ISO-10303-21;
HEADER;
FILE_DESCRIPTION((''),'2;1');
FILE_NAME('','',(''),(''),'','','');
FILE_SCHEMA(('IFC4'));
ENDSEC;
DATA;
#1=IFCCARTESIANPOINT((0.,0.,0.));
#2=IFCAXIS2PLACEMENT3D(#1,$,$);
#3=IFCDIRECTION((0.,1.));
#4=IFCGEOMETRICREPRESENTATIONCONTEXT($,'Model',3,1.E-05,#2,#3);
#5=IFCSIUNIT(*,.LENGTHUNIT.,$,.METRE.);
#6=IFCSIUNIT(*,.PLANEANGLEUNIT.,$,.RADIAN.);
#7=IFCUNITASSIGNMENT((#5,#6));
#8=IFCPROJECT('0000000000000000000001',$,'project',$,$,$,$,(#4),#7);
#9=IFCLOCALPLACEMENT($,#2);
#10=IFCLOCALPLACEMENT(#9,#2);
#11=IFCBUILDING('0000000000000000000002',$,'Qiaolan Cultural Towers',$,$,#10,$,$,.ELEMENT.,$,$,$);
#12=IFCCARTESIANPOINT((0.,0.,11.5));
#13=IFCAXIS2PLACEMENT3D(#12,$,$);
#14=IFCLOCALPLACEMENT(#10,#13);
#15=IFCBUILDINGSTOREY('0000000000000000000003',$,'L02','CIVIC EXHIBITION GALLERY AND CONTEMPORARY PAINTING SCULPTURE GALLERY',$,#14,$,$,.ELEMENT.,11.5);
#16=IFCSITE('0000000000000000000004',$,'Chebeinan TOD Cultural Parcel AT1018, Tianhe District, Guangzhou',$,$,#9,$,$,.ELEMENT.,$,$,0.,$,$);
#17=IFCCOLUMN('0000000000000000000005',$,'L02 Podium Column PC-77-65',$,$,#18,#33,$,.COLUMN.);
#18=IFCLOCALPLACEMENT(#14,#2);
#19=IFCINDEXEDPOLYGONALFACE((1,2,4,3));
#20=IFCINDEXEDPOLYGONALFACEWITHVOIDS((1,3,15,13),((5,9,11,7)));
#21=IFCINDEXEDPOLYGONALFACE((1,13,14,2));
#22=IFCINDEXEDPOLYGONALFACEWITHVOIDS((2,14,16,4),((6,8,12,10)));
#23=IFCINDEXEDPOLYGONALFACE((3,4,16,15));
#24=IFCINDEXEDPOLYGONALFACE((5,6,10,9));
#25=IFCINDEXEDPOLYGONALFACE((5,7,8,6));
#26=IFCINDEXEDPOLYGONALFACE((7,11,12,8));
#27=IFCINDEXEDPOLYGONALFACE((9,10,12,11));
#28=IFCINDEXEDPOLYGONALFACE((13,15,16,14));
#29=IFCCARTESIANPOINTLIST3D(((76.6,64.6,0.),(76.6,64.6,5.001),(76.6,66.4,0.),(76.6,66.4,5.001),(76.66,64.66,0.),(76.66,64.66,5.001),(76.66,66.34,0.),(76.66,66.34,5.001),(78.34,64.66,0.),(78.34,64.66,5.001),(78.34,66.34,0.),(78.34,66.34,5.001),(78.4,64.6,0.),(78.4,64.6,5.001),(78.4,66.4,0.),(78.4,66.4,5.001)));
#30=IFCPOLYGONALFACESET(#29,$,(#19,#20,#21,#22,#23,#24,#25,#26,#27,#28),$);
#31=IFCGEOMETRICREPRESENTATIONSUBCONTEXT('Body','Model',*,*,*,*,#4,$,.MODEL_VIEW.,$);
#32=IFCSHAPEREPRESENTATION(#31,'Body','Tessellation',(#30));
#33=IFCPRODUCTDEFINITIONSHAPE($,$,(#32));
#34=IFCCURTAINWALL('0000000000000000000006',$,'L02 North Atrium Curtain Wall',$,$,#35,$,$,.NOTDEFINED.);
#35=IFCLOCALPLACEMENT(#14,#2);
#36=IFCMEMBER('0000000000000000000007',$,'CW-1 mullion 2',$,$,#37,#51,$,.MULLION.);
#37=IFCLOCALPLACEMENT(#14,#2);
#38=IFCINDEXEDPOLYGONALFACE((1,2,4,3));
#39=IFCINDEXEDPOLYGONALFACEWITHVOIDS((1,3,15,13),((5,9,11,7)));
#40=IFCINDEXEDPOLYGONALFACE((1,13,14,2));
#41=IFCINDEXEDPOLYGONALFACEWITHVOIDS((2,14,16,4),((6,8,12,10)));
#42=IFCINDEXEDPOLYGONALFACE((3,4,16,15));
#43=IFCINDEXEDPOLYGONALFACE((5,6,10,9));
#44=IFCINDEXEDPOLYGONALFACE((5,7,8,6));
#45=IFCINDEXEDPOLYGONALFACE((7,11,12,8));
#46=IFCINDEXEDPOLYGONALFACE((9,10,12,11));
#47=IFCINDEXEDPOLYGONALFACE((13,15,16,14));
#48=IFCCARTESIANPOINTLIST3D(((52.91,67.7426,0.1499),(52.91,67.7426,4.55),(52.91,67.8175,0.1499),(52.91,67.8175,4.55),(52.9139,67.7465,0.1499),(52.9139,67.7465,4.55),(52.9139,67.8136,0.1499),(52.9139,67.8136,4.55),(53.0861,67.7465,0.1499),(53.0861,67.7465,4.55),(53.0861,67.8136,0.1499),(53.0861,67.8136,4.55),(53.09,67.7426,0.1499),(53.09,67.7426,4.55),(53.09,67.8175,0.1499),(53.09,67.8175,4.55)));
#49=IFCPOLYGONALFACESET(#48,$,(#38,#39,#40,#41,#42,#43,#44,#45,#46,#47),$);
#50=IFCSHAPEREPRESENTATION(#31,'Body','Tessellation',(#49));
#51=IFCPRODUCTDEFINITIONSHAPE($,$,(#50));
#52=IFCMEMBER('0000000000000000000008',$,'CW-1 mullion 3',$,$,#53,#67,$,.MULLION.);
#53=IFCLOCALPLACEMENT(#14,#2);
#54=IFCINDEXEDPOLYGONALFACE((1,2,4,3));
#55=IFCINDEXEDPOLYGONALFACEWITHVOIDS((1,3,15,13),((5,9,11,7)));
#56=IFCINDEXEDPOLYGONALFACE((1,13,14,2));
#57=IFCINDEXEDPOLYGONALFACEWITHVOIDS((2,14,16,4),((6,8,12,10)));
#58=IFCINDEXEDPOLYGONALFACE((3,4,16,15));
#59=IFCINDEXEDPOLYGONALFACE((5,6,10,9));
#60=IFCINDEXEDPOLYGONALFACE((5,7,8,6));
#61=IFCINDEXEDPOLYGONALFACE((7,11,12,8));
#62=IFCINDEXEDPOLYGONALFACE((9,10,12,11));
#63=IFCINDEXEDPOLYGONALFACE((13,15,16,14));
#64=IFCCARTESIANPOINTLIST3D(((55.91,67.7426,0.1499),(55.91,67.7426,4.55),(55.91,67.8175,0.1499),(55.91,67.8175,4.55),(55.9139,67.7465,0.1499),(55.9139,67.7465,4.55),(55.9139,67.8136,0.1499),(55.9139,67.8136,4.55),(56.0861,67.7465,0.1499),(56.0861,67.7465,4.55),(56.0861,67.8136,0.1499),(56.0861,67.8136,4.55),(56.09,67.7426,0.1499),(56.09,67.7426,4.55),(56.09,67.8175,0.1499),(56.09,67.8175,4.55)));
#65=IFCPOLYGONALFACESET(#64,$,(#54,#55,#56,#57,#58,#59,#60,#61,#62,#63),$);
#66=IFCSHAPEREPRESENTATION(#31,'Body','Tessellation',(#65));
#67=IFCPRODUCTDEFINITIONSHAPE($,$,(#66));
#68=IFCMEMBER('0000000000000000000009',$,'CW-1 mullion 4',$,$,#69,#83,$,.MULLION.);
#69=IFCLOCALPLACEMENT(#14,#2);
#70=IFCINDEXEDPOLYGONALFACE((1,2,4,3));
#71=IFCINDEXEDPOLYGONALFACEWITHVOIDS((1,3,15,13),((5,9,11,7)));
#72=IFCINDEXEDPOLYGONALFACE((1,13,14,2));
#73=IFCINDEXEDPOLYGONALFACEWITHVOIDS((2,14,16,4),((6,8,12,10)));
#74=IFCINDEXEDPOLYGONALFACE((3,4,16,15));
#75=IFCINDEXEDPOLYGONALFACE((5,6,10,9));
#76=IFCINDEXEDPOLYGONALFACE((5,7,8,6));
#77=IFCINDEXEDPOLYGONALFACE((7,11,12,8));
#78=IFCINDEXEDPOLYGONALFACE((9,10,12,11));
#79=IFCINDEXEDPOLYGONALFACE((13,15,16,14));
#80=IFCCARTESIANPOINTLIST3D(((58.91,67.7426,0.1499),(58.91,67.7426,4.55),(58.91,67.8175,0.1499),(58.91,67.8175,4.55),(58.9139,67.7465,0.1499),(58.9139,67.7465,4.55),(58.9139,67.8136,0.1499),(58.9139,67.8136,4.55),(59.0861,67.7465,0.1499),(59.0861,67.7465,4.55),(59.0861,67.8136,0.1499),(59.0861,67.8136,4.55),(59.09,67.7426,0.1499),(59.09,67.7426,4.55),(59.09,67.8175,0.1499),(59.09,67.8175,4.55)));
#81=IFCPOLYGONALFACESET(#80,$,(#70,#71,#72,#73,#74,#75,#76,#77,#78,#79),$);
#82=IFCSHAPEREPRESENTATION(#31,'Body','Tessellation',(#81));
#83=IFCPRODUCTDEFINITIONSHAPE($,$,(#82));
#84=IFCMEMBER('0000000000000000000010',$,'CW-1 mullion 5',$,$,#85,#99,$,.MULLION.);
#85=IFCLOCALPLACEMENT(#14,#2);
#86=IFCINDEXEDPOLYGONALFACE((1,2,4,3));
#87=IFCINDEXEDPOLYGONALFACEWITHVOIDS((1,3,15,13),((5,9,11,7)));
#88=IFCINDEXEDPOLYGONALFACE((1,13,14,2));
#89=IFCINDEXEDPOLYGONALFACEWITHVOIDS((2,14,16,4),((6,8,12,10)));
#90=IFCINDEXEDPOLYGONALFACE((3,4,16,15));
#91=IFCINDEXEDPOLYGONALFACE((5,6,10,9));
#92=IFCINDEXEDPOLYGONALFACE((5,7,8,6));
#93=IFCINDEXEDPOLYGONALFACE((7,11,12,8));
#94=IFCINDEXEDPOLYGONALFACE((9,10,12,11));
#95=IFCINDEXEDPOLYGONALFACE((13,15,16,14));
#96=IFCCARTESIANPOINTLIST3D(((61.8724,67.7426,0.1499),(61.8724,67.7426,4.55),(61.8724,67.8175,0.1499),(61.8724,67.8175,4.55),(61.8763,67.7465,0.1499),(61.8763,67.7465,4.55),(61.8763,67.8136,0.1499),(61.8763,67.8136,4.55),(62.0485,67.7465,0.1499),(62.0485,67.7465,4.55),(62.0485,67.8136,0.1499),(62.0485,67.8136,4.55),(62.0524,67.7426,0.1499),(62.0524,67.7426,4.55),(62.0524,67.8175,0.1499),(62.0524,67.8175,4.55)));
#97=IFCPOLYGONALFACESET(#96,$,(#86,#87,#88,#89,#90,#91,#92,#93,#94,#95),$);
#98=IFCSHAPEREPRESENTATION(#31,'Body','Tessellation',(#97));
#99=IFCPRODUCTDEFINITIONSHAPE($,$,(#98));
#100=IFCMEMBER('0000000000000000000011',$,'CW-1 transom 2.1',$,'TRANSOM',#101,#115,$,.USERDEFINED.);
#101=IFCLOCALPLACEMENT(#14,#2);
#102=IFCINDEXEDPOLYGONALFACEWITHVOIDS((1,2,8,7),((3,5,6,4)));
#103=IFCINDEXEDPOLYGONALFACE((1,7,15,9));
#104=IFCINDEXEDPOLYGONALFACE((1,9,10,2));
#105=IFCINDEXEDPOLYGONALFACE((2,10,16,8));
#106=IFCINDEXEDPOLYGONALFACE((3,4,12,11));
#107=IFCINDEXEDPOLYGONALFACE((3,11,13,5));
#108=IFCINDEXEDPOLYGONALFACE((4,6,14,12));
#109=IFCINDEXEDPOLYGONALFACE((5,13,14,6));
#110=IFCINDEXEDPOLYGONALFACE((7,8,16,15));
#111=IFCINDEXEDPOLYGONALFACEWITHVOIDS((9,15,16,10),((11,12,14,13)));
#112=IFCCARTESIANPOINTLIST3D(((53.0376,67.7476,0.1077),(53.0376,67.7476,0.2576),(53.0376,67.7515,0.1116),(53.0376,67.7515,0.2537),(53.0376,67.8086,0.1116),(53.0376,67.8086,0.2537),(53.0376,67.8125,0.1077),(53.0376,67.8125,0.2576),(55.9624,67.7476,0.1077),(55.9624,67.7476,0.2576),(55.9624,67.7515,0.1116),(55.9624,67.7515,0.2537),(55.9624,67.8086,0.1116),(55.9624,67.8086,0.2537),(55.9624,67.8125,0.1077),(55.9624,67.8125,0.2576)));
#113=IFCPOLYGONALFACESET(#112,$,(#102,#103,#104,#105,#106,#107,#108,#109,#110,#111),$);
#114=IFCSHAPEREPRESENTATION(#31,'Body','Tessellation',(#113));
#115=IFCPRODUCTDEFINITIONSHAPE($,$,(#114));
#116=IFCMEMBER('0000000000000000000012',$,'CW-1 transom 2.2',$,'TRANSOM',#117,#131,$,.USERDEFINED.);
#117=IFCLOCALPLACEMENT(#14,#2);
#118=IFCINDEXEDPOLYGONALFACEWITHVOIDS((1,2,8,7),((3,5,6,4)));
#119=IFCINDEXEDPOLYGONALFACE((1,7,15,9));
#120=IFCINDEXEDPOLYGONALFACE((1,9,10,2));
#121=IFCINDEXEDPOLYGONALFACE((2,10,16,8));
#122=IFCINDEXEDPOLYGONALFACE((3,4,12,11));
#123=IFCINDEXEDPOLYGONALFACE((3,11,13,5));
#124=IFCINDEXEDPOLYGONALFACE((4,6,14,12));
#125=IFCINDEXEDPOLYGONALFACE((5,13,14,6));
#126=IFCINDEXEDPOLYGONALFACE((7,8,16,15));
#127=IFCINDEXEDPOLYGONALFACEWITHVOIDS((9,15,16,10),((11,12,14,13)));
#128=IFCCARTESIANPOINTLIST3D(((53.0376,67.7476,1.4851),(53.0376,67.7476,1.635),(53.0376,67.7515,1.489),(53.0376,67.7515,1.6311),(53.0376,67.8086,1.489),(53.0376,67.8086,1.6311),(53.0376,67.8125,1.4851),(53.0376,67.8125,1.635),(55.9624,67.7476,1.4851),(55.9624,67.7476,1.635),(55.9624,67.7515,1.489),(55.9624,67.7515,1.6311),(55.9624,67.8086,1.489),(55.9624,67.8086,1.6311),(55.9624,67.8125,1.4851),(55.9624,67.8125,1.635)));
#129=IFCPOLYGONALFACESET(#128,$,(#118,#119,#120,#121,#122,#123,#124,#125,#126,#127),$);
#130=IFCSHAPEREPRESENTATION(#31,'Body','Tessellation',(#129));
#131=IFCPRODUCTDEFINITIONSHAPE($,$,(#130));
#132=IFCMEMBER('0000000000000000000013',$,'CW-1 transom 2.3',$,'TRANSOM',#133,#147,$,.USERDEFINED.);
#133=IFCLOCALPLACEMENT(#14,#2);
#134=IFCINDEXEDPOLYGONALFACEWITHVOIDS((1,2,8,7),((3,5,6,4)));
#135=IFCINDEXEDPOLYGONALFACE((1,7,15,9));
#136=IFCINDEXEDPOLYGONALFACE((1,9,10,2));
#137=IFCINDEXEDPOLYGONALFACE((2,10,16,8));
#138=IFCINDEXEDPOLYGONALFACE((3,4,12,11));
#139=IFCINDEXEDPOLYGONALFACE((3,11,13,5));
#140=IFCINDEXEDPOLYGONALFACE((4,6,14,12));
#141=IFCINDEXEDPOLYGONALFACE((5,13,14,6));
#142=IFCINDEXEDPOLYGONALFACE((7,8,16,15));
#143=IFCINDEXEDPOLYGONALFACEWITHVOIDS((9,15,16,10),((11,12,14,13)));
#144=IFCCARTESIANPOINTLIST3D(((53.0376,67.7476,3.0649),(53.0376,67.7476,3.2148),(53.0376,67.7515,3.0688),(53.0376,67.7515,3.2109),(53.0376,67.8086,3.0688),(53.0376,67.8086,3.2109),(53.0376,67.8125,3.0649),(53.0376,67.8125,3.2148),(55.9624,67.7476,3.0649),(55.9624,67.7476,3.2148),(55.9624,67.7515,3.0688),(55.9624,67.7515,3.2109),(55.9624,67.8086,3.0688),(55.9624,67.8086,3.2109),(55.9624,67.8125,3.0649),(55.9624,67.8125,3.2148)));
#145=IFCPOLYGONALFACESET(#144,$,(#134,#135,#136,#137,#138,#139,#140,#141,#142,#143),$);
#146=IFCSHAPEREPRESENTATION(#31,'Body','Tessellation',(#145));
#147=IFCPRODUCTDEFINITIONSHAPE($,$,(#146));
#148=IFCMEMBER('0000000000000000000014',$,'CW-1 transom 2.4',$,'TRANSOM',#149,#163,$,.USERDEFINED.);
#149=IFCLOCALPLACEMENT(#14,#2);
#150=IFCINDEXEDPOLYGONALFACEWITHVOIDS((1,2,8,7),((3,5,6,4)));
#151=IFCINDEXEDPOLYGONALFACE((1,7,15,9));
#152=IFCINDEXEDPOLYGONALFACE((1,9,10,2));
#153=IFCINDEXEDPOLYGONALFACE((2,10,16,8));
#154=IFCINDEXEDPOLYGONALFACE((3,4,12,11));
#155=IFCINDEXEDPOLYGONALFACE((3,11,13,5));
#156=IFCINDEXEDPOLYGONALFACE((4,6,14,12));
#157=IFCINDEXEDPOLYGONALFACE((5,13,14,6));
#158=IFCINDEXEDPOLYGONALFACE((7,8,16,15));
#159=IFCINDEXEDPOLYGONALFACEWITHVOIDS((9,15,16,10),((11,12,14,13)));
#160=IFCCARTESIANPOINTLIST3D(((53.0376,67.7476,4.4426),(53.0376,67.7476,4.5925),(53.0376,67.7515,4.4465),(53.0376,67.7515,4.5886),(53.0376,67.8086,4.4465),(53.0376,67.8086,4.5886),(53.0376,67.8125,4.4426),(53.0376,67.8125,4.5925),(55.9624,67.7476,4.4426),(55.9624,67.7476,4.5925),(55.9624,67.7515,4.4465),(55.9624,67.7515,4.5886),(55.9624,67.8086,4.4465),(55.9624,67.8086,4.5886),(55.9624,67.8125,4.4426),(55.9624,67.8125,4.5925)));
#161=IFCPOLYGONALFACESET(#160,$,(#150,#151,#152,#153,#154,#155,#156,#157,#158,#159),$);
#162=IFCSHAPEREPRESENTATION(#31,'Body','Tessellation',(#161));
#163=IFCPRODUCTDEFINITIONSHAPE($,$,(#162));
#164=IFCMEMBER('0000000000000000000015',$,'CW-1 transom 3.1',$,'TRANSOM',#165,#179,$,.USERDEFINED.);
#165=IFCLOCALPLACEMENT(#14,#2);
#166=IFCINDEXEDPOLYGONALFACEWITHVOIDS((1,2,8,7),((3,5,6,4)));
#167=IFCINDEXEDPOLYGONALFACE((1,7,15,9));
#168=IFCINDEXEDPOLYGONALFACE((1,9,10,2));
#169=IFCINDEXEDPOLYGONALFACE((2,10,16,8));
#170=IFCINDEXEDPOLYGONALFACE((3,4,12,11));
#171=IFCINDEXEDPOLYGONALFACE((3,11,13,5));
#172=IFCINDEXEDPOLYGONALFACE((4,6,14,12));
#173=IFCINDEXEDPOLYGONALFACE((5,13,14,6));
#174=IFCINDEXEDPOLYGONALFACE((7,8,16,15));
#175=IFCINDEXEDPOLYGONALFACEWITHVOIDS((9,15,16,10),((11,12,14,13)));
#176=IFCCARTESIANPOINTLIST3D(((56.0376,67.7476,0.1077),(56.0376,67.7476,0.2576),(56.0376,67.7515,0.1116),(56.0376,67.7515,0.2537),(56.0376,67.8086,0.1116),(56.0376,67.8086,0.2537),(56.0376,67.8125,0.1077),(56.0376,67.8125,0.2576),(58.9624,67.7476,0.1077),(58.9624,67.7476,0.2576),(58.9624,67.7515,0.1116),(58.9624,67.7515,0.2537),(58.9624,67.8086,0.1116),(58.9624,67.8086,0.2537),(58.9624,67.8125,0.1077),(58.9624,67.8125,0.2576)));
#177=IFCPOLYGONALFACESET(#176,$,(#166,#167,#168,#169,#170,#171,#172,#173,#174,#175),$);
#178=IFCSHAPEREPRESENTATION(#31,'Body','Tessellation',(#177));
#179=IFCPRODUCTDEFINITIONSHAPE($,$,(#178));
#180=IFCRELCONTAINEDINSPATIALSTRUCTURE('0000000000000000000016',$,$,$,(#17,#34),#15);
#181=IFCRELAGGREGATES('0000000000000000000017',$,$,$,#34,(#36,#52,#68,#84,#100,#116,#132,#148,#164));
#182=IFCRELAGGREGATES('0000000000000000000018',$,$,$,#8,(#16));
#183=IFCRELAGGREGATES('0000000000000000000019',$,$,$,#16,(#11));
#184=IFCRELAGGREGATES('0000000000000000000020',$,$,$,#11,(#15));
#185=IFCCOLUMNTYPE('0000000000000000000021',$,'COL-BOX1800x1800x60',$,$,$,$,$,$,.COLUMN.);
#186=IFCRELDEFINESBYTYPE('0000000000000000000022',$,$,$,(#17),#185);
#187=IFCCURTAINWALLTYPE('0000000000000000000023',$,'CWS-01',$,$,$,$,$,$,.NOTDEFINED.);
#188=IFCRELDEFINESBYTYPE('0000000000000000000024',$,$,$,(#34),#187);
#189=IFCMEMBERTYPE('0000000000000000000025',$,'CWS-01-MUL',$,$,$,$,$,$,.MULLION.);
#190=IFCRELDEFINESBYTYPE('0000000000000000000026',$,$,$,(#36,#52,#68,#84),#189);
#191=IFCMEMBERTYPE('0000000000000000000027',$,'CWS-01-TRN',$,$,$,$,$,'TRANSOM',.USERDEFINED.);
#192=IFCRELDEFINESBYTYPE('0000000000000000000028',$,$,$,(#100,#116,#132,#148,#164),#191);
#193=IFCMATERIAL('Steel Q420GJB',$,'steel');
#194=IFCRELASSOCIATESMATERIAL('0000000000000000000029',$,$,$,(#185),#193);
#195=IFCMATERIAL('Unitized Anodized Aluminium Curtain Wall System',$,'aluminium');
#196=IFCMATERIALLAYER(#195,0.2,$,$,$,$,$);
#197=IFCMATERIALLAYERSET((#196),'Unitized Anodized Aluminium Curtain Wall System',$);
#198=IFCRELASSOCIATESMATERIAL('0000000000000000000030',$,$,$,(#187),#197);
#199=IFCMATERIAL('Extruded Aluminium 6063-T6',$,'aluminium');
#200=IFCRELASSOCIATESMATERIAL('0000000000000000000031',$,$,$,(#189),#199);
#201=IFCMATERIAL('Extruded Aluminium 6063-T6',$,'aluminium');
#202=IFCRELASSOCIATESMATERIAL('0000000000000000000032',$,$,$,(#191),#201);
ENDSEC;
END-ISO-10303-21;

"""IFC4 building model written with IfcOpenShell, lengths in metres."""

from ifc_helpers import new_model, si_unit, direction, frame, origin, origin_2d, place, context, subcontext, project, spatial, hollow_rectangle, extrude, material, layer, layer_set, material_profile, profile_set, type_object, element, aggregate, save


model = new_model("IFC4")

# Units and contexts
model_context = context("Model", 3, precision=1e-05, world=origin(), true_north=direction((0.0, 1.0)))
body_context = subcontext(model_context, "Body", "Model", "MODEL_VIEW")
ifc_project = project(units=[si_unit("LENGTHUNIT", "METRE"), si_unit("PLANEANGLEUNIT", "RADIAN")], contexts=[model_context])

# Site, building, storey
site_placement = place(None, origin())
site = spatial("IfcSite", under=ifc_project, at=site_placement, Name="Chebeinan TOD Cultural Parcel AT1018, Tianhe District, Guangzhou", CompositionType="ELEMENT", RefElevation=0.0)
building_placement = place(site_placement, origin())
building = spatial("IfcBuilding", under=site, at=building_placement, Name="Qiaolan Cultural Towers", CompositionType="ELEMENT")
storey_placement = place(building_placement, frame((0.0, 0.0, 11.5)))
storey = spatial("IfcBuildingStorey", under=building, at=storey_placement, Name="L02", Description="CIVIC EXHIBITION GALLERY AND CONTEMPORARY PAINTING SCULPTURE GALLERY", CompositionType="ELEMENT", Elevation=11.5)

# Column
ifc_material_1 = material(Name="Steel Q420GJB", Category="steel")
ifc_material_profile_1 = material_profile(ifc_material_1, hollow_rectangle(XDim=1.8, YDim=1.8, WallThickness=0.0601, at=origin_2d()), Name="BOX1800x1800x60")
ifc_profile_set_1 = profile_set([ifc_material_profile_1], Name="Steel Q420GJB")
column_type = type_object("IfcColumnType", Name="COL-BOX1800x1800x60", PredefinedType="COLUMN", material=ifc_profile_set_1)
column_placement = place(storey_placement, frame((77.5, 65.5, 0.0), z_axis=(0.0, 0.0, 1.0), x_axis=(1.0, 0.0, 0.0)))
element("IfcColumn", 1, at=column_placement, inside=storey, type_object=column_type, Name="L02 Podium Column PC-77-65", PredefinedType="COLUMN", context=body_context, shape_type="SweptSolid", body=[
    extrude(hollow_rectangle(XDim=1.8, YDim=1.8, WallThickness=0.0601, at=origin_2d()), origin(), (0.0, 0.0, 1.0), 5.001),
])

# Curtain wall, members
ifc_material_2 = material(Name="Unitized Anodized Aluminium Curtain Wall System", Category="aluminium")
ifc_layer_1 = layer(ifc_material_2, 0.2)
ifc_layer_set_1 = layer_set([ifc_layer_1], Name="Unitized Anodized Aluminium Curtain Wall System")
curtain_wall_type = type_object("IfcCurtainWallType", Name="CWS-01", PredefinedType="NOTDEFINED", material=ifc_layer_set_1)
curtain_wall_placement = place(storey_placement, origin())
curtain_wall = element("IfcCurtainWall", 2, at=curtain_wall_placement, inside=storey, type_object=curtain_wall_type, Name="L02 North Atrium Curtain Wall", PredefinedType="NOTDEFINED")
ifc_material_3 = material(Name="Extruded Aluminium 6063-T6", Category="aluminium")
ifc_material_profile_2 = material_profile(ifc_material_3, hollow_rectangle(XDim=0.075, YDim=0.1799, WallThickness=0.0039, at=origin_2d()), Name="CWM-180x75x4")
ifc_profile_set_2 = profile_set([ifc_material_profile_2], Name="Extruded Aluminium 6063-T6")
member_type_1 = type_object("IfcMemberType", Name="CWS-01-MUL", PredefinedType="MULLION", material=ifc_profile_set_2)
member_1_placement = place(storey_placement, frame((53.0, 67.78, 0.1499), z_axis=(0.0, 0.0, 1.0), x_axis=(0.0, 1.0, 0.0)))
member_1 = element("IfcMember", 3, at=member_1_placement, type_object=member_type_1, Name="CW-1 mullion 2", PredefinedType="MULLION", context=body_context, shape_type="SweptSolid", body=[
    extrude(hollow_rectangle(XDim=0.075, YDim=0.1799, WallThickness=0.0039, at=origin_2d()), origin(), (0.0, 0.0, 1.0), 4.4001),
])
member_2_placement = place(storey_placement, frame((56.0, 67.78, 0.1499), z_axis=(0.0, 0.0, 1.0), x_axis=(0.0, 1.0, 0.0)))
member_2 = element("IfcMember", 4, at=member_2_placement, type_object=member_type_1, Name="CW-1 mullion 3", PredefinedType="MULLION", context=body_context, shape_type="SweptSolid", body=[
    extrude(hollow_rectangle(XDim=0.075, YDim=0.1799, WallThickness=0.0039, at=origin_2d()), origin(), (0.0, 0.0, 1.0), 4.4001),
])
member_3_placement = place(storey_placement, frame((59.0, 67.78, 0.1499), z_axis=(0.0, 0.0, 1.0), x_axis=(0.0, 1.0, 0.0)))
member_3 = element("IfcMember", 5, at=member_3_placement, type_object=member_type_1, Name="CW-1 mullion 4", PredefinedType="MULLION", context=body_context, shape_type="SweptSolid", body=[
    extrude(hollow_rectangle(XDim=0.075, YDim=0.1799, WallThickness=0.0039, at=origin_2d()), origin(), (0.0, 0.0, 1.0), 4.4001),
])
member_4_placement = place(storey_placement, frame((61.9624, 67.78, 0.1499), z_axis=(0.0, 0.0, 1.0), x_axis=(0.0, 1.0, 0.0)))
member_4 = element("IfcMember", 6, at=member_4_placement, type_object=member_type_1, Name="CW-1 mullion 5", PredefinedType="MULLION", context=body_context, shape_type="SweptSolid", body=[
    extrude(hollow_rectangle(XDim=0.075, YDim=0.1799, WallThickness=0.0039, at=origin_2d()), origin(), (0.0, 0.0, 1.0), 4.4001),
])
ifc_material_4 = material(Name="Extruded Aluminium 6063-T6", Category="aluminium")
ifc_material_profile_3 = material_profile(ifc_material_4, hollow_rectangle(XDim=0.0649, YDim=0.1499, WallThickness=0.0039, at=origin_2d()), Name="CWT-150x65x4")
ifc_profile_set_3 = profile_set([ifc_material_profile_3], Name="Extruded Aluminium 6063-T6")
member_type_2 = type_object("IfcMemberType", Name="CWS-01-TRN", ElementType="TRANSOM", PredefinedType="USERDEFINED", material=ifc_profile_set_3)
member_5_placement = place(storey_placement, frame((53.0376, 67.78, 0.1826), z_axis=(1.0, 0.0, 0.0), x_axis=(0.0, 1.0, 0.0)))
member_5 = element("IfcMember", 7, at=member_5_placement, type_object=member_type_2, Name="CW-1 transom 2.1", ObjectType="TRANSOM", PredefinedType="USERDEFINED", context=body_context, shape_type="SweptSolid", body=[
    extrude(hollow_rectangle(XDim=0.0649, YDim=0.1499, WallThickness=0.0039, at=origin_2d()), origin(), (0.0, 0.0, 1.0), 2.9248),
])
member_6_placement = place(storey_placement, frame((53.0376, 67.78, 1.5601), z_axis=(1.0, 0.0, 0.0), x_axis=(0.0, 1.0, 0.0)))
member_6 = element("IfcMember", 8, at=member_6_placement, type_object=member_type_2, Name="CW-1 transom 2.2", ObjectType="TRANSOM", PredefinedType="USERDEFINED", context=body_context, shape_type="SweptSolid", body=[
    extrude(hollow_rectangle(XDim=0.0649, YDim=0.1499, WallThickness=0.0039, at=origin_2d()), origin(), (0.0, 0.0, 1.0), 2.9248),
])
member_7_placement = place(storey_placement, frame((53.0376, 67.78, 3.1399), z_axis=(1.0, 0.0, 0.0), x_axis=(0.0, 1.0, 0.0)))
member_7 = element("IfcMember", 9, at=member_7_placement, type_object=member_type_2, Name="CW-1 transom 2.3", ObjectType="TRANSOM", PredefinedType="USERDEFINED", context=body_context, shape_type="SweptSolid", body=[
    extrude(hollow_rectangle(XDim=0.0649, YDim=0.1499, WallThickness=0.0039, at=origin_2d()), origin(), (0.0, 0.0, 1.0), 2.9248),
])
member_8_placement = place(storey_placement, frame((53.0376, 67.78, 4.5176), z_axis=(1.0, 0.0, 0.0), x_axis=(0.0, 1.0, 0.0)))
member_8 = element("IfcMember", 10, at=member_8_placement, type_object=member_type_2, Name="CW-1 transom 2.4", ObjectType="TRANSOM", PredefinedType="USERDEFINED", context=body_context, shape_type="SweptSolid", body=[
    extrude(hollow_rectangle(XDim=0.0649, YDim=0.1499, WallThickness=0.0039, at=origin_2d()), origin(), (0.0, 0.0, 1.0), 2.9248),
])
member_9_placement = place(storey_placement, frame((56.0376, 67.78, 0.1826), z_axis=(1.0, 0.0, 0.0), x_axis=(0.0, 1.0, 0.0)))
member_9 = element("IfcMember", 11, at=member_9_placement, type_object=member_type_2, Name="CW-1 transom 3.1", ObjectType="TRANSOM", PredefinedType="USERDEFINED", context=body_context, shape_type="SweptSolid", body=[
    extrude(hollow_rectangle(XDim=0.0649, YDim=0.1499, WallThickness=0.0039, at=origin_2d()), origin(), (0.0, 0.0, 1.0), 2.9248),
])
aggregate(curtain_wall, [member_1, member_2, member_3, member_4, member_5, member_6, member_7, member_8, member_9])

save(model, "model.ifc")
